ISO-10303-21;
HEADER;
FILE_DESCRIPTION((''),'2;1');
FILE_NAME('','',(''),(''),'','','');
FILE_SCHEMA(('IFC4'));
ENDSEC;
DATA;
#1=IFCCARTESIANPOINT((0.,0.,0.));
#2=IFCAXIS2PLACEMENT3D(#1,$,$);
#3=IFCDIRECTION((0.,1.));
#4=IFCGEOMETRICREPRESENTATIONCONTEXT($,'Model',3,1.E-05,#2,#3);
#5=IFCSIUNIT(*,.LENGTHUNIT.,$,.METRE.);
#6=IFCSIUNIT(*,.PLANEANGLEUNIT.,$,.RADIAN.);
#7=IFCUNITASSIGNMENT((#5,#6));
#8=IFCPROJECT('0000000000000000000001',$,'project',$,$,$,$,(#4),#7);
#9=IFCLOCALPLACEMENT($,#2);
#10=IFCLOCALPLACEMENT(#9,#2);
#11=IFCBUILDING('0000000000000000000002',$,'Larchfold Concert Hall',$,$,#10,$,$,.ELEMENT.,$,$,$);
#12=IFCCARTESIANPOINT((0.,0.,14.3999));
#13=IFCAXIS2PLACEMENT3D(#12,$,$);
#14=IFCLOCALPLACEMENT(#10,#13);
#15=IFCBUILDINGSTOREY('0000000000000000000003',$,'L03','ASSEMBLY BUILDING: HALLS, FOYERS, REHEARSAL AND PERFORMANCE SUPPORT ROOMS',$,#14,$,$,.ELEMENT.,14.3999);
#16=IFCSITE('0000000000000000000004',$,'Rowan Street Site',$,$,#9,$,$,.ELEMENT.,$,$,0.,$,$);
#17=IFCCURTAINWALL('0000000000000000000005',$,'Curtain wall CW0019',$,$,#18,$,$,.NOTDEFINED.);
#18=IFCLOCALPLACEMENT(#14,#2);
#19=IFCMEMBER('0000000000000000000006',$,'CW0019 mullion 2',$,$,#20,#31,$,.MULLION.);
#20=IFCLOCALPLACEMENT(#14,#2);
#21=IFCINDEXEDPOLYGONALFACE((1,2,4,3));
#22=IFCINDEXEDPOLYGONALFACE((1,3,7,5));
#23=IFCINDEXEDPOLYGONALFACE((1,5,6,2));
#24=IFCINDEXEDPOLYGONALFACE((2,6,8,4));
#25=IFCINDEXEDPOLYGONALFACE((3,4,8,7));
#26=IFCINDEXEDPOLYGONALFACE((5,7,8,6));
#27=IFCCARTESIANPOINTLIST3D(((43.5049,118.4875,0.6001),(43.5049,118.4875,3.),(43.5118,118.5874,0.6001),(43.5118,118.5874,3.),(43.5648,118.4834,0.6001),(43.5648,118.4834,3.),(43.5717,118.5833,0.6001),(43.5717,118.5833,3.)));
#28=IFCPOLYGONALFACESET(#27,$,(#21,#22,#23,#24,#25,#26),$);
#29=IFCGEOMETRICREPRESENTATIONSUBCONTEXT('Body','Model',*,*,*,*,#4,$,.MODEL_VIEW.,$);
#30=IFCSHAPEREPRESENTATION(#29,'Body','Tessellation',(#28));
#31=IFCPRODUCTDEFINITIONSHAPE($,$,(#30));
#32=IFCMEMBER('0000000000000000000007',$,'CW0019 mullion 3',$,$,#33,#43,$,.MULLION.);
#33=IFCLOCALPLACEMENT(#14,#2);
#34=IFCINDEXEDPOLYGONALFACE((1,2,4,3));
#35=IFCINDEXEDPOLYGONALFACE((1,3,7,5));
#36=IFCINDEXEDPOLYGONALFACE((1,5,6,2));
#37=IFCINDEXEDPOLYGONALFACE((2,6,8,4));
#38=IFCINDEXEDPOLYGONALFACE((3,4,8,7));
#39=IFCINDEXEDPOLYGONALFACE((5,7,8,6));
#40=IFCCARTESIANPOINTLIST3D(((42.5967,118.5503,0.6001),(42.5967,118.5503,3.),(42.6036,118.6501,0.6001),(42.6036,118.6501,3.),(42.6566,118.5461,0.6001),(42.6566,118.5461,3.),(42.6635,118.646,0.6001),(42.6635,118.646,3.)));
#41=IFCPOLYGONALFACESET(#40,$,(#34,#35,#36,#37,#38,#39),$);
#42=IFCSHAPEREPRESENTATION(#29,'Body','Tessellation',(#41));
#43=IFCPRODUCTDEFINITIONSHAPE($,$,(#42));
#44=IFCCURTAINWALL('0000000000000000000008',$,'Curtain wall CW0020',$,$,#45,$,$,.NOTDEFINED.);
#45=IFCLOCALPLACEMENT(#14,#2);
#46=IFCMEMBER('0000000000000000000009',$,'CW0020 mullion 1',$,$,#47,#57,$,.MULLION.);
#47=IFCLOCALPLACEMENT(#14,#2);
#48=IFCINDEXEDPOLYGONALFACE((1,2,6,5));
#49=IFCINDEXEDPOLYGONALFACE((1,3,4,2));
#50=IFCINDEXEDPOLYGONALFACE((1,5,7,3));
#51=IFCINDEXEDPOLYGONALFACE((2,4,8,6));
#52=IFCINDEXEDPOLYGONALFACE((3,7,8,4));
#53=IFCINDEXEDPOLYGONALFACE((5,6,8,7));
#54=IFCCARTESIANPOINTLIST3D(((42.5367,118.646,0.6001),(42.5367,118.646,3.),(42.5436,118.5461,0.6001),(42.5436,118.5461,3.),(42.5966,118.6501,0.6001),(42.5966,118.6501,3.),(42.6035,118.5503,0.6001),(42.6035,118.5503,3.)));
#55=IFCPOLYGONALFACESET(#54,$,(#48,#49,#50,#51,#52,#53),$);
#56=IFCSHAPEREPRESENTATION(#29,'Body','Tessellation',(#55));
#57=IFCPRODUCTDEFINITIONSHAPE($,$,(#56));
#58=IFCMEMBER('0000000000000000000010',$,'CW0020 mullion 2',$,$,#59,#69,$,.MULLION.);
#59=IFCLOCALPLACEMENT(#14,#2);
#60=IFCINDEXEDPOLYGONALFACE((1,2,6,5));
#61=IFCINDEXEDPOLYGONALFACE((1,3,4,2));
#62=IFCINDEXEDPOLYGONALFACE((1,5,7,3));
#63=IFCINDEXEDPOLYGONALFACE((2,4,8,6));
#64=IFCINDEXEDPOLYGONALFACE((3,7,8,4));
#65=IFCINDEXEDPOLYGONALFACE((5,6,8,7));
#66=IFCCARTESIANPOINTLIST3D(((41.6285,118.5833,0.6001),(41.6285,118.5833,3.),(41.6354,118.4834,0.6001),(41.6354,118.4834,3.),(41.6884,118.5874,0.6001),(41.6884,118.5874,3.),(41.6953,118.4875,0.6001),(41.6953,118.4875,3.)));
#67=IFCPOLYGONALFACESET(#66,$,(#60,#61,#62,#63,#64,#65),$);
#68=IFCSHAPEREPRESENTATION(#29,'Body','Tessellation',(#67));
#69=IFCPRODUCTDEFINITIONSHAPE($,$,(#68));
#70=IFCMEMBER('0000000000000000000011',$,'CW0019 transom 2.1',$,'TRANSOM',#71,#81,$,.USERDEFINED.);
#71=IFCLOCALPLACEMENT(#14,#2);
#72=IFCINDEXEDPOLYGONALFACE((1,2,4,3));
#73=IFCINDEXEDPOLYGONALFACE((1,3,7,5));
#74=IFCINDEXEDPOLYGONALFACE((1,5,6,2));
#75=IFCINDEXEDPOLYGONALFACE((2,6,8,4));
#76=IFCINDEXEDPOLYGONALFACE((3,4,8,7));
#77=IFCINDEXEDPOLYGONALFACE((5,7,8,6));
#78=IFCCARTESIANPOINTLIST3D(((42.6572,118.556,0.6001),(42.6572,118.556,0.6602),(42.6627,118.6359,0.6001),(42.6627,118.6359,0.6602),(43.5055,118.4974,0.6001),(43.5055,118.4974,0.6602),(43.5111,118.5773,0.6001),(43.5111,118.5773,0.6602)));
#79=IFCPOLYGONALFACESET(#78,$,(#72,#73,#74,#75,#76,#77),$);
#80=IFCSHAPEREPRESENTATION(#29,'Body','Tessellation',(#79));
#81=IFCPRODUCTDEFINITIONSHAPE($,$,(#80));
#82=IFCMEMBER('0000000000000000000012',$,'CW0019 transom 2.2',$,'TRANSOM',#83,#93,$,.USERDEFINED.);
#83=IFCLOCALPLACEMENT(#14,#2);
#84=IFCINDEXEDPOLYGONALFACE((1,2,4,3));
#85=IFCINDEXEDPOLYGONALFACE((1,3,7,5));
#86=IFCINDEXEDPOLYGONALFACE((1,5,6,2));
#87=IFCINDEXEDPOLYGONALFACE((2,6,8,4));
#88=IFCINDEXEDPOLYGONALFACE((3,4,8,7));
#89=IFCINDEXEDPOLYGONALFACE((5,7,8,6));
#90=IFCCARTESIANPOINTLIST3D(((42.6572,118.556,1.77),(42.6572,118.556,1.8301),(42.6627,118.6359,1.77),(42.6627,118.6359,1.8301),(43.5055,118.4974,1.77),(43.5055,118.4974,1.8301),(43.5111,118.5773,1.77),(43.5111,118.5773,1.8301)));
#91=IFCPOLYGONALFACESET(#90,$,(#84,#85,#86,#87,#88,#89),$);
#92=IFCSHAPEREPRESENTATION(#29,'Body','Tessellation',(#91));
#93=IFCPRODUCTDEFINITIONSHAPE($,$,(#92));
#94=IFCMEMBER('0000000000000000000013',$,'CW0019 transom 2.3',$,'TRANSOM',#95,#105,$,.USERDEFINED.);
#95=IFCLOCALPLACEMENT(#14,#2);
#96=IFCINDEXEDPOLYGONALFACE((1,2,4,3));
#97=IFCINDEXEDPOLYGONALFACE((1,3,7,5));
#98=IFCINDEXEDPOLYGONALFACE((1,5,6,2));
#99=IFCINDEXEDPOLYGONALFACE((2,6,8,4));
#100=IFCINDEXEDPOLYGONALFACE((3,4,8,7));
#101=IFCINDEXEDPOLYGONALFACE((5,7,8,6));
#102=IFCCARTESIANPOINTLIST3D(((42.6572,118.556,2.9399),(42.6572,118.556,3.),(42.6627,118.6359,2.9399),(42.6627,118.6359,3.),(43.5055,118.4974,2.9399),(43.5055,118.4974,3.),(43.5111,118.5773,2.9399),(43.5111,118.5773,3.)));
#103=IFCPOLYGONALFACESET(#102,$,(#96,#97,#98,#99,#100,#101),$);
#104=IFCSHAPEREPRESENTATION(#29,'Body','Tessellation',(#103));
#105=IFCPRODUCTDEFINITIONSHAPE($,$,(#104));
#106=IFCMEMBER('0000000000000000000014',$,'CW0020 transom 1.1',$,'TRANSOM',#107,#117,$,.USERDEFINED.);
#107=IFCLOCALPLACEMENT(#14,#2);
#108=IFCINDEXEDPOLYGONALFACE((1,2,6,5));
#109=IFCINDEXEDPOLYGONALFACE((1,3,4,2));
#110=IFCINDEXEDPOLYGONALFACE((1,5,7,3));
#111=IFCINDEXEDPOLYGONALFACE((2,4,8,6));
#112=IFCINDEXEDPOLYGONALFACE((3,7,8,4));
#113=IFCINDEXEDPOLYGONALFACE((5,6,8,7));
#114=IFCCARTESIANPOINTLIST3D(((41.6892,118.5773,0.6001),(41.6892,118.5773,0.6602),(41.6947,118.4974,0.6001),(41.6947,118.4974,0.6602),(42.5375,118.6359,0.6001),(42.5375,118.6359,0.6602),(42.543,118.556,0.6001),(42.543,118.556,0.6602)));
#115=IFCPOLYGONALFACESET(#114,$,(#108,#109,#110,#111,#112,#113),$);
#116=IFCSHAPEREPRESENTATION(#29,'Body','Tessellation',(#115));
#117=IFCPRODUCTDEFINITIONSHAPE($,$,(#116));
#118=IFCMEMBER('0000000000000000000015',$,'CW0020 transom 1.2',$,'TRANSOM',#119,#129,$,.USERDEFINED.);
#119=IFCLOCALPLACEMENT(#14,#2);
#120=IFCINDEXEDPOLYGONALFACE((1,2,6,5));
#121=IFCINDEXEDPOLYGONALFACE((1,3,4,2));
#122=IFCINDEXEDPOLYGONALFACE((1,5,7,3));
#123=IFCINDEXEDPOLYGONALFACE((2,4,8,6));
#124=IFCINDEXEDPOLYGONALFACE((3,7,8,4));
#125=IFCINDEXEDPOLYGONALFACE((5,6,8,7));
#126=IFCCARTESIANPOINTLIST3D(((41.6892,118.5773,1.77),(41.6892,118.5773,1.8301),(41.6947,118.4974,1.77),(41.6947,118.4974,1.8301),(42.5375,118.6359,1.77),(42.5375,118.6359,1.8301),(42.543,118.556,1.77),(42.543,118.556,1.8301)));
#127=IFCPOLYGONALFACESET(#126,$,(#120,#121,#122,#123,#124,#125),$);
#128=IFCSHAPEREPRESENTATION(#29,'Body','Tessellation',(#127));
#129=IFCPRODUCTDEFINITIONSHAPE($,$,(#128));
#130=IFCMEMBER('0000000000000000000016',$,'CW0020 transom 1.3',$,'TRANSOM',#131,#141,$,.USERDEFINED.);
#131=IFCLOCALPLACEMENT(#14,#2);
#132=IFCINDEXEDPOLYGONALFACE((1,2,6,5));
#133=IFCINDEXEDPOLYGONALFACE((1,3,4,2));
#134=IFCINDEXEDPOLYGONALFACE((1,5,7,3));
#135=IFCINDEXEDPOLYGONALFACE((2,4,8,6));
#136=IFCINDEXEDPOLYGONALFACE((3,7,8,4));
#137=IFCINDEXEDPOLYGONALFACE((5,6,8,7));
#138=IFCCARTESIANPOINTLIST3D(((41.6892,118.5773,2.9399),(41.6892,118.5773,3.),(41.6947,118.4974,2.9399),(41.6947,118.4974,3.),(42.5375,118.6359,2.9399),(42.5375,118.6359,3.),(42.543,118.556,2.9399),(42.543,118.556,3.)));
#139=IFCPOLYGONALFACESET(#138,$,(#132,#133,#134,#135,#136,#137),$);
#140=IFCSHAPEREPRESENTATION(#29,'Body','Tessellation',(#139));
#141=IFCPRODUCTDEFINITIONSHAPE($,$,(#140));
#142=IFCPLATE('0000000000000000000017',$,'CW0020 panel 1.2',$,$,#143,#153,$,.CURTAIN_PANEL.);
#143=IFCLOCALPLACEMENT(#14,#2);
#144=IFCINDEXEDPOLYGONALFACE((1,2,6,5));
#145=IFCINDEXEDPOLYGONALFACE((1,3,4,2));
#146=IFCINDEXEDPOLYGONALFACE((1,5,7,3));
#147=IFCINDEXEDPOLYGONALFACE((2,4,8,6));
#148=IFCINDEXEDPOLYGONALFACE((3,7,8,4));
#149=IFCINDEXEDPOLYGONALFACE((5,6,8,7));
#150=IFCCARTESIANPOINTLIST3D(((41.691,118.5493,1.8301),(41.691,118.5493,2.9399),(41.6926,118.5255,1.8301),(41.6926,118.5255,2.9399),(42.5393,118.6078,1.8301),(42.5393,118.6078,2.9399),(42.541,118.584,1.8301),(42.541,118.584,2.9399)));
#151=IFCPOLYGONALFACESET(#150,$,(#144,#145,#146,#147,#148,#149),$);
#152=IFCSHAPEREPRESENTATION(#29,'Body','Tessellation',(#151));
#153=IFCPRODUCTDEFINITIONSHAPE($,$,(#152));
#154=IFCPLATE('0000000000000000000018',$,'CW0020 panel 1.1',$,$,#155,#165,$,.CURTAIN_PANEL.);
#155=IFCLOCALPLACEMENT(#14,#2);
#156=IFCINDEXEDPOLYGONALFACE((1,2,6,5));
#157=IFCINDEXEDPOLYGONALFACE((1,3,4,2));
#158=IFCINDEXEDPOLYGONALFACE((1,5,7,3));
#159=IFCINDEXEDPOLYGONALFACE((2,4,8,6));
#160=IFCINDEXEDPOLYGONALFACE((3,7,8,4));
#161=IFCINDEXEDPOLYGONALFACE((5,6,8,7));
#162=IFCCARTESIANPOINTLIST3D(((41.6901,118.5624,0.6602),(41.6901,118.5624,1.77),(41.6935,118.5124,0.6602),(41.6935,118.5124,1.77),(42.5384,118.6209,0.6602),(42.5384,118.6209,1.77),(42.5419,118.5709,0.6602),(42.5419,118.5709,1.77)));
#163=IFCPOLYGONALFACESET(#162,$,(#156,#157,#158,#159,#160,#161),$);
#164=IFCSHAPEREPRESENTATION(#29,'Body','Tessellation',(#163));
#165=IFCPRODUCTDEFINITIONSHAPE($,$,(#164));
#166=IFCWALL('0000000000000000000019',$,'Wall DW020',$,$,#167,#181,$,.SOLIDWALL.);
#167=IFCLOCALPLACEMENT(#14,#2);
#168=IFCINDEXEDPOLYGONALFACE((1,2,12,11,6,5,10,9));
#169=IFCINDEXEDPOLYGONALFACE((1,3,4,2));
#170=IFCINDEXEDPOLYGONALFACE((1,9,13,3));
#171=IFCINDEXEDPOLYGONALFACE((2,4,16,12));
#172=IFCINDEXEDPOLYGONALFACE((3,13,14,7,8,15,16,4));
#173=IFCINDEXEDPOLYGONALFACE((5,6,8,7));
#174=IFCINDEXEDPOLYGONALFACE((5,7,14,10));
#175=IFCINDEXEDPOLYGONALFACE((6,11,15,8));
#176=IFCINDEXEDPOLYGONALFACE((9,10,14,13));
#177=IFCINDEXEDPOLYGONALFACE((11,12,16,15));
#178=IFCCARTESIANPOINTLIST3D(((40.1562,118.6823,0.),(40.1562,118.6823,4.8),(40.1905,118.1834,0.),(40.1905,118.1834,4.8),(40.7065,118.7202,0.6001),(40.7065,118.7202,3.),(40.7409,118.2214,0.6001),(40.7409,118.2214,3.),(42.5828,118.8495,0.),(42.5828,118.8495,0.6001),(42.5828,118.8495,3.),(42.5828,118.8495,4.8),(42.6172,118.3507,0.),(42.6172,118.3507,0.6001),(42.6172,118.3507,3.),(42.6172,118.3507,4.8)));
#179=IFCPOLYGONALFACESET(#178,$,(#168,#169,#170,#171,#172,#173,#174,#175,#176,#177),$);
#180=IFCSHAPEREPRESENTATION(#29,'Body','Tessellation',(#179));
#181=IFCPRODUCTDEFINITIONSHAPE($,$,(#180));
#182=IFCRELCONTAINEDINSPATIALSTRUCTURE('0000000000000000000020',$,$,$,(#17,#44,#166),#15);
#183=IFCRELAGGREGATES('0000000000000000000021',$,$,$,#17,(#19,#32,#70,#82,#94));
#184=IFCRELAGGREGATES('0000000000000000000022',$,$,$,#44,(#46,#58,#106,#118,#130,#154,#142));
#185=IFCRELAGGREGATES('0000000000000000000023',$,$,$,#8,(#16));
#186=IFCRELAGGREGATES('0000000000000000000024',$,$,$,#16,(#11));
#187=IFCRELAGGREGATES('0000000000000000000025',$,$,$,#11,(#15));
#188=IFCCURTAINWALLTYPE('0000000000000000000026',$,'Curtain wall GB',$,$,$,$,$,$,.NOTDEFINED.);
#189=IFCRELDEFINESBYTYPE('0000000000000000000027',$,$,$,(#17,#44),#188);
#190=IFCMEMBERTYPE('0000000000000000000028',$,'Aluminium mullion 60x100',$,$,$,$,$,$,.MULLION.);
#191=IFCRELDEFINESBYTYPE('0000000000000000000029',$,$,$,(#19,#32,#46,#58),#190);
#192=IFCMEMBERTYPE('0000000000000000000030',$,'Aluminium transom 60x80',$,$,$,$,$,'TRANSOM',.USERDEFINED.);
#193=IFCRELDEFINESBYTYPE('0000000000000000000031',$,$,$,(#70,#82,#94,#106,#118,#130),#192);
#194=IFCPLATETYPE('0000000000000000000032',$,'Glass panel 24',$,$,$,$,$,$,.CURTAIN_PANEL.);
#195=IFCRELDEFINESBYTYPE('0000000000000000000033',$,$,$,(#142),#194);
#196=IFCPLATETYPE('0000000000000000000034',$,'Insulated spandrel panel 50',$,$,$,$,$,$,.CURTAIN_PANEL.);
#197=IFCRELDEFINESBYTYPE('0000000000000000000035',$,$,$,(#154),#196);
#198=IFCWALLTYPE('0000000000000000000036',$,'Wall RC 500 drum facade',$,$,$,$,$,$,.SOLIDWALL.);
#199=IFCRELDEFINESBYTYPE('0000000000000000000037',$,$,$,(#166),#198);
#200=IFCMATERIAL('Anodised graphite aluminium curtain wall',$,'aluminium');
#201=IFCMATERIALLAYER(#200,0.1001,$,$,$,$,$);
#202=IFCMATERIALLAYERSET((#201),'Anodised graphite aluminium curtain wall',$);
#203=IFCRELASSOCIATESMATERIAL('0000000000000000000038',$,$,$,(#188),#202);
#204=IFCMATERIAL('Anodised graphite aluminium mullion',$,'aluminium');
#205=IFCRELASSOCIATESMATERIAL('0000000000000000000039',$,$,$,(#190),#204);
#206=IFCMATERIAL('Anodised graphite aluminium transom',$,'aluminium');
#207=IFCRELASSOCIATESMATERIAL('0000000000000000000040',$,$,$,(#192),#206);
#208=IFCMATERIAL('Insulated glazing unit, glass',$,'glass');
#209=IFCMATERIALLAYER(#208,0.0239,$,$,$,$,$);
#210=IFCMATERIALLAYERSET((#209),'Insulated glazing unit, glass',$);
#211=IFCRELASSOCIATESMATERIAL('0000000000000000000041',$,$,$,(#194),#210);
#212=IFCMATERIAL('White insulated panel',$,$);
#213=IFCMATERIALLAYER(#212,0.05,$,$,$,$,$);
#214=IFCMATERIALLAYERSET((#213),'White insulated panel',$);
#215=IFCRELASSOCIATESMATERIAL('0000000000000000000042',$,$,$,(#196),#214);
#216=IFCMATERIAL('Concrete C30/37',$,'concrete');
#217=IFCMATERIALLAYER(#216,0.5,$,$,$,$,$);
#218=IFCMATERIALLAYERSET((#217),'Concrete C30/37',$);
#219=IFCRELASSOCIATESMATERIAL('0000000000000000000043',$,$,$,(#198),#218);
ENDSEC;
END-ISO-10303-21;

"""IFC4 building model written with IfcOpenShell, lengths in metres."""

from ifc_helpers import new_model, si_unit, direction, frame, frame_2d, origin, origin_2d, place, context, subcontext, project, spatial, rectangle, extrude, material, layer, layer_set, material_profile, profile_set, type_object, element, fill, aggregate, save


model = new_model("IFC4")

# Units and contexts
model_context = context("Model", 3, precision=1e-05, world=origin(), true_north=direction((0.0, 1.0)))
body_context = subcontext(model_context, "Body", "Model", "MODEL_VIEW")
ifc_project = project(units=[si_unit("LENGTHUNIT", "METRE"), si_unit("PLANEANGLEUNIT", "RADIAN")], contexts=[model_context])

# Site, building, storey
site_placement = place(None, origin())
site = spatial("IfcSite", under=ifc_project, at=site_placement, Name="Rowan Street Site", CompositionType="ELEMENT", RefElevation=0.0)
building_placement = place(site_placement, origin())
building = spatial("IfcBuilding", under=site, at=building_placement, Name="Larchfold Concert Hall", CompositionType="ELEMENT")
storey_placement = place(building_placement, frame((0.0, 0.0, 14.3999)))
storey = spatial("IfcBuildingStorey", under=building, at=storey_placement, Name="L03", Description="ASSEMBLY BUILDING: HALLS, FOYERS, REHEARSAL AND PERFORMANCE SUPPORT ROOMS", CompositionType="ELEMENT", Elevation=14.3999)

# Curtain walls, members
ifc_material_1 = material(Name="Anodised graphite aluminium curtain wall", Category="aluminium")
ifc_layer_1 = layer(ifc_material_1, 0.1001)
ifc_layer_set_1 = layer_set([ifc_layer_1], Name="Anodised graphite aluminium curtain wall")
curtain_wall_type = type_object("IfcCurtainWallType", Name="Curtain wall GB", PredefinedType="NOTDEFINED", material=ifc_layer_set_1)
curtain_wall_1_placement = place(storey_placement, origin())
curtain_wall_1 = element("IfcCurtainWall", 1, at=curtain_wall_1_placement, inside=storey, type_object=curtain_wall_type, Name="Curtain wall CW0019", PredefinedType="NOTDEFINED")
ifc_material_2 = material(Name="Anodised graphite aluminium mullion", Category="aluminium")
ifc_material_profile_1 = material_profile(ifc_material_2, rectangle(XDim=0.1001, YDim=0.0601, at=origin_2d()))
ifc_profile_set_1 = profile_set([ifc_material_profile_1], Name="Anodised graphite aluminium mullion")
member_type_1 = type_object("IfcMemberType", Name="Aluminium mullion 60x100", PredefinedType="MULLION", material=ifc_profile_set_1)
member_1_placement = place(storey_placement, frame((43.5383, 118.5354, 0.6001), z_axis=(0.0, 0.0, 1.0), x_axis=(-0.068793, -0.997631, 0.0)))
member_1 = element("IfcMember", 2, at=member_1_placement, type_object=member_type_1, Name="CW0019 mullion 2", PredefinedType="MULLION", context=body_context, shape_type="SweptSolid", body=[
    extrude(rectangle(XDim=0.1001, YDim=0.0601, at=origin_2d()), origin(), (0.0, 0.0, 1.0), 2.3999),
])
member_2_placement = place(storey_placement, frame((42.6301, 118.5981, 0.6001), z_axis=(0.0, 0.0, 1.0), x_axis=(-0.068793, -0.997631, 0.0)))
member_2 = element("IfcMember", 3, at=member_2_placement, type_object=member_type_1, Name="CW0019 mullion 3", PredefinedType="MULLION", context=body_context, shape_type="SweptSolid", body=[
    extrude(rectangle(XDim=0.1001, YDim=0.0601, at=origin_2d()), origin(), (0.0, 0.0, 1.0), 2.3999),
])
curtain_wall_2_placement = place(storey_placement, origin())
curtain_wall_2 = element("IfcCurtainWall", 4, at=curtain_wall_2_placement, inside=storey, type_object=curtain_wall_type, Name="Curtain wall CW0020", PredefinedType="NOTDEFINED")
member_3_placement = place(storey_placement, frame((42.5701, 118.5981, 0.6001), z_axis=(0.0, 0.0, 1.0), x_axis=(0.068793, -0.997631, 0.0)))
member_3 = element("IfcMember", 5, at=member_3_placement, type_object=member_type_1, Name="CW0020 mullion 1", PredefinedType="MULLION", context=body_context, shape_type="SweptSolid", body=[
    extrude(rectangle(XDim=0.1001, YDim=0.0601, at=origin_2d()), origin(), (0.0, 0.0, 1.0), 2.3999),
])
member_4_placement = place(storey_placement, frame((41.6619, 118.5354, 0.6001), z_axis=(0.0, 0.0, 1.0), x_axis=(0.068793, -0.997631, 0.0)))
member_4 = element("IfcMember", 6, at=member_4_placement, type_object=member_type_1, Name="CW0020 mullion 2", PredefinedType="MULLION", context=body_context, shape_type="SweptSolid", body=[
    extrude(rectangle(XDim=0.1001, YDim=0.0601, at=origin_2d()), origin(), (0.0, 0.0, 1.0), 2.3999),
])

# Members
ifc_material_3 = material(Name="Anodised graphite aluminium transom", Category="aluminium")
ifc_material_profile_2 = material_profile(ifc_material_3, rectangle(XDim=0.0801, YDim=0.0601, at=origin_2d()))
ifc_profile_set_2 = profile_set([ifc_material_profile_2], Name="Anodised graphite aluminium transom")
member_type_2 = type_object("IfcMemberType", Name="Aluminium transom 60x80", ElementType="TRANSOM", PredefinedType="USERDEFINED", material=ifc_profile_set_2)
member_5_placement = place(storey_placement, frame((43.5083, 118.5374, 0.6301), z_axis=(-0.997624, 0.068901, 0.0), x_axis=(-0.068901, -0.997624, 0.0)))
member_5 = element("IfcMember", 7, at=member_5_placement, type_object=member_type_2, Name="CW0019 transom 2.1", ObjectType="TRANSOM", PredefinedType="USERDEFINED", context=body_context, shape_type="SweptSolid", body=[
    extrude(rectangle(XDim=0.0801, YDim=0.0601, at=origin_2d()), origin(), (0.0, 0.0, 1.0), 0.8503),
])
member_6_placement = place(storey_placement, frame((43.5083, 118.5374, 1.8), z_axis=(-0.997624, 0.068901, 0.0), x_axis=(-0.068901, -0.997624, 0.0)))
member_6 = element("IfcMember", 8, at=member_6_placement, type_object=member_type_2, Name="CW0019 transom 2.2", ObjectType="TRANSOM", PredefinedType="USERDEFINED", context=body_context, shape_type="SweptSolid", body=[
    extrude(rectangle(XDim=0.0801, YDim=0.0601, at=origin_2d()), origin(), (0.0, 0.0, 1.0), 0.8503),
])
member_7_placement = place(storey_placement, frame((43.5083, 118.5374, 2.97), z_axis=(-0.997624, 0.068901, 0.0), x_axis=(-0.068901, -0.997624, 0.0)))
member_7 = element("IfcMember", 9, at=member_7_placement, type_object=member_type_2, Name="CW0019 transom 2.3", ObjectType="TRANSOM", PredefinedType="USERDEFINED", context=body_context, shape_type="SweptSolid", body=[
    extrude(rectangle(XDim=0.0801, YDim=0.0601, at=origin_2d()), origin(), (0.0, 0.0, 1.0), 0.8503),
])
member_8_placement = place(storey_placement, frame((42.5403, 118.5959, 0.6301), z_axis=(-0.997624, -0.068901, 0.0), x_axis=(0.068901, -0.997624, 0.0)))
member_8 = element("IfcMember", 10, at=member_8_placement, type_object=member_type_2, Name="CW0020 transom 1.1", ObjectType="TRANSOM", PredefinedType="USERDEFINED", context=body_context, shape_type="SweptSolid", body=[
    extrude(rectangle(XDim=0.0801, YDim=0.0601, at=origin_2d()), origin(), (0.0, 0.0, 1.0), 0.8503),
])
member_9_placement = place(storey_placement, frame((42.5403, 118.5959, 1.8), z_axis=(-0.997624, -0.068901, 0.0), x_axis=(0.068901, -0.997624, 0.0)))
member_9 = element("IfcMember", 11, at=member_9_placement, type_object=member_type_2, Name="CW0020 transom 1.2", ObjectType="TRANSOM", PredefinedType="USERDEFINED", context=body_context, shape_type="SweptSolid", body=[
    extrude(rectangle(XDim=0.0801, YDim=0.0601, at=origin_2d()), origin(), (0.0, 0.0, 1.0), 0.8503),
])
member_10_placement = place(storey_placement, frame((42.5403, 118.5959, 2.97), z_axis=(-0.997624, -0.068901, 0.0), x_axis=(0.068901, -0.997624, 0.0)))
member_10 = element("IfcMember", 12, at=member_10_placement, type_object=member_type_2, Name="CW0020 transom 1.3", ObjectType="TRANSOM", PredefinedType="USERDEFINED", context=body_context, shape_type="SweptSolid", body=[
    extrude(rectangle(XDim=0.0801, YDim=0.0601, at=origin_2d()), origin(), (0.0, 0.0, 1.0), 0.8503),
])

# Plates
ifc_material_4 = material(Name="Insulated glazing unit, glass", Category="glass")
ifc_layer_2 = layer(ifc_material_4, 0.0239)
ifc_layer_set_2 = layer_set([ifc_layer_2], Name="Insulated glazing unit, glass")
plate_type_1 = type_object("IfcPlateType", Name="Glass panel 24", PredefinedType="CURTAIN_PANEL", material=ifc_layer_set_2)
plate_1_placement = place(storey_placement, frame((42.116, 118.5667, 1.8301), z_axis=(0.0, 0.0, 1.0), x_axis=(-0.997631, -0.068793, 0.0)))
plate_1 = element("IfcPlate", 13, at=plate_1_placement, type_object=plate_type_1, Name="CW0020 panel 1.2", PredefinedType="CURTAIN_PANEL", context=body_context, shape_type="SweptSolid", body=[
    extrude(rectangle(XDim=0.8503, YDim=0.0239, at=origin_2d()), origin(), (0.0, 0.0, 1.0), 1.1099),
])
ifc_material_5 = material(Name="White insulated panel")
ifc_layer_3 = layer(ifc_material_5, 0.05)
ifc_layer_set_3 = layer_set([ifc_layer_3], Name="White insulated panel")
plate_type_2 = type_object("IfcPlateType", Name="Insulated spandrel panel 50", PredefinedType="CURTAIN_PANEL", material=ifc_layer_set_3)
aggregate(curtain_wall_1, [member_1, member_2, member_5, member_6, member_7])
plate_2_placement = place(storey_placement, frame((42.116, 118.5667, 0.6602), z_axis=(0.0, 0.0, 1.0), x_axis=(-0.997631, -0.068793, 0.0)))
plate_2 = element("IfcPlate", 14, at=plate_2_placement, type_object=plate_type_2, Name="CW0020 panel 1.1", PredefinedType="CURTAIN_PANEL", context=body_context, shape_type="SweptSolid", body=[
    extrude(rectangle(XDim=0.8503, YDim=0.05, at=origin_2d()), origin(), (0.0, 0.0, 1.0), 1.1099),
])
aggregate(curtain_wall_2, [member_3, member_4, member_8, member_9, member_10, plate_2, plate_1])

# Wall, opening
ifc_material_6 = material(Name="Concrete C30/37", Category="concrete")
ifc_layer_4 = layer(ifc_material_6, 0.5)
ifc_layer_set_4 = layer_set([ifc_layer_4], Name="Concrete C30/37")
wall_type_1 = type_object("IfcWallType", Name="Wall RC 500 drum facade", PredefinedType="SOLIDWALL", material=ifc_layer_set_4)
wall_1_placement = place(storey_placement, frame((42.6001, 118.6001, 0.0), z_axis=(0.0, 0.0, 1.0), x_axis=(-0.997633, -0.068757, 0.0)))
wall_1 = element("IfcWall", 15, at=wall_1_placement, inside=storey, type_object=wall_type_1, Name="Wall DW020", PredefinedType="SOLIDWALL", context=body_context, shape_type="SweptSolid", body=[
    extrude(rectangle(XDim=2.4324, YDim=0.5, at=frame_2d((1.2163, 0.0))), origin(), (0.0, 0.0, 1.0), 4.8),
])
opening_placement = place(wall_1_placement, frame((0.0, 0.0, 0.6001)))
opening = element("IfcOpeningElement", 16, at=opening_placement, cuts=wall_1, PredefinedType="OPENING", context=body_context, shape_type="SweptSolid", body=[
    extrude(rectangle(XDim=1.8809, YDim=2.3999, at=frame_2d((0.9404, 1.2))), frame((0.0, 0.26, 0.0), z_axis=(0.0, -1.0, 0.0), x_axis=(1.0, 0.0, 0.0)), (0.0, 0.0, 1.0), 0.52),
])
fill(opening, curtain_wall_2)

save(model, "model.ifc")
